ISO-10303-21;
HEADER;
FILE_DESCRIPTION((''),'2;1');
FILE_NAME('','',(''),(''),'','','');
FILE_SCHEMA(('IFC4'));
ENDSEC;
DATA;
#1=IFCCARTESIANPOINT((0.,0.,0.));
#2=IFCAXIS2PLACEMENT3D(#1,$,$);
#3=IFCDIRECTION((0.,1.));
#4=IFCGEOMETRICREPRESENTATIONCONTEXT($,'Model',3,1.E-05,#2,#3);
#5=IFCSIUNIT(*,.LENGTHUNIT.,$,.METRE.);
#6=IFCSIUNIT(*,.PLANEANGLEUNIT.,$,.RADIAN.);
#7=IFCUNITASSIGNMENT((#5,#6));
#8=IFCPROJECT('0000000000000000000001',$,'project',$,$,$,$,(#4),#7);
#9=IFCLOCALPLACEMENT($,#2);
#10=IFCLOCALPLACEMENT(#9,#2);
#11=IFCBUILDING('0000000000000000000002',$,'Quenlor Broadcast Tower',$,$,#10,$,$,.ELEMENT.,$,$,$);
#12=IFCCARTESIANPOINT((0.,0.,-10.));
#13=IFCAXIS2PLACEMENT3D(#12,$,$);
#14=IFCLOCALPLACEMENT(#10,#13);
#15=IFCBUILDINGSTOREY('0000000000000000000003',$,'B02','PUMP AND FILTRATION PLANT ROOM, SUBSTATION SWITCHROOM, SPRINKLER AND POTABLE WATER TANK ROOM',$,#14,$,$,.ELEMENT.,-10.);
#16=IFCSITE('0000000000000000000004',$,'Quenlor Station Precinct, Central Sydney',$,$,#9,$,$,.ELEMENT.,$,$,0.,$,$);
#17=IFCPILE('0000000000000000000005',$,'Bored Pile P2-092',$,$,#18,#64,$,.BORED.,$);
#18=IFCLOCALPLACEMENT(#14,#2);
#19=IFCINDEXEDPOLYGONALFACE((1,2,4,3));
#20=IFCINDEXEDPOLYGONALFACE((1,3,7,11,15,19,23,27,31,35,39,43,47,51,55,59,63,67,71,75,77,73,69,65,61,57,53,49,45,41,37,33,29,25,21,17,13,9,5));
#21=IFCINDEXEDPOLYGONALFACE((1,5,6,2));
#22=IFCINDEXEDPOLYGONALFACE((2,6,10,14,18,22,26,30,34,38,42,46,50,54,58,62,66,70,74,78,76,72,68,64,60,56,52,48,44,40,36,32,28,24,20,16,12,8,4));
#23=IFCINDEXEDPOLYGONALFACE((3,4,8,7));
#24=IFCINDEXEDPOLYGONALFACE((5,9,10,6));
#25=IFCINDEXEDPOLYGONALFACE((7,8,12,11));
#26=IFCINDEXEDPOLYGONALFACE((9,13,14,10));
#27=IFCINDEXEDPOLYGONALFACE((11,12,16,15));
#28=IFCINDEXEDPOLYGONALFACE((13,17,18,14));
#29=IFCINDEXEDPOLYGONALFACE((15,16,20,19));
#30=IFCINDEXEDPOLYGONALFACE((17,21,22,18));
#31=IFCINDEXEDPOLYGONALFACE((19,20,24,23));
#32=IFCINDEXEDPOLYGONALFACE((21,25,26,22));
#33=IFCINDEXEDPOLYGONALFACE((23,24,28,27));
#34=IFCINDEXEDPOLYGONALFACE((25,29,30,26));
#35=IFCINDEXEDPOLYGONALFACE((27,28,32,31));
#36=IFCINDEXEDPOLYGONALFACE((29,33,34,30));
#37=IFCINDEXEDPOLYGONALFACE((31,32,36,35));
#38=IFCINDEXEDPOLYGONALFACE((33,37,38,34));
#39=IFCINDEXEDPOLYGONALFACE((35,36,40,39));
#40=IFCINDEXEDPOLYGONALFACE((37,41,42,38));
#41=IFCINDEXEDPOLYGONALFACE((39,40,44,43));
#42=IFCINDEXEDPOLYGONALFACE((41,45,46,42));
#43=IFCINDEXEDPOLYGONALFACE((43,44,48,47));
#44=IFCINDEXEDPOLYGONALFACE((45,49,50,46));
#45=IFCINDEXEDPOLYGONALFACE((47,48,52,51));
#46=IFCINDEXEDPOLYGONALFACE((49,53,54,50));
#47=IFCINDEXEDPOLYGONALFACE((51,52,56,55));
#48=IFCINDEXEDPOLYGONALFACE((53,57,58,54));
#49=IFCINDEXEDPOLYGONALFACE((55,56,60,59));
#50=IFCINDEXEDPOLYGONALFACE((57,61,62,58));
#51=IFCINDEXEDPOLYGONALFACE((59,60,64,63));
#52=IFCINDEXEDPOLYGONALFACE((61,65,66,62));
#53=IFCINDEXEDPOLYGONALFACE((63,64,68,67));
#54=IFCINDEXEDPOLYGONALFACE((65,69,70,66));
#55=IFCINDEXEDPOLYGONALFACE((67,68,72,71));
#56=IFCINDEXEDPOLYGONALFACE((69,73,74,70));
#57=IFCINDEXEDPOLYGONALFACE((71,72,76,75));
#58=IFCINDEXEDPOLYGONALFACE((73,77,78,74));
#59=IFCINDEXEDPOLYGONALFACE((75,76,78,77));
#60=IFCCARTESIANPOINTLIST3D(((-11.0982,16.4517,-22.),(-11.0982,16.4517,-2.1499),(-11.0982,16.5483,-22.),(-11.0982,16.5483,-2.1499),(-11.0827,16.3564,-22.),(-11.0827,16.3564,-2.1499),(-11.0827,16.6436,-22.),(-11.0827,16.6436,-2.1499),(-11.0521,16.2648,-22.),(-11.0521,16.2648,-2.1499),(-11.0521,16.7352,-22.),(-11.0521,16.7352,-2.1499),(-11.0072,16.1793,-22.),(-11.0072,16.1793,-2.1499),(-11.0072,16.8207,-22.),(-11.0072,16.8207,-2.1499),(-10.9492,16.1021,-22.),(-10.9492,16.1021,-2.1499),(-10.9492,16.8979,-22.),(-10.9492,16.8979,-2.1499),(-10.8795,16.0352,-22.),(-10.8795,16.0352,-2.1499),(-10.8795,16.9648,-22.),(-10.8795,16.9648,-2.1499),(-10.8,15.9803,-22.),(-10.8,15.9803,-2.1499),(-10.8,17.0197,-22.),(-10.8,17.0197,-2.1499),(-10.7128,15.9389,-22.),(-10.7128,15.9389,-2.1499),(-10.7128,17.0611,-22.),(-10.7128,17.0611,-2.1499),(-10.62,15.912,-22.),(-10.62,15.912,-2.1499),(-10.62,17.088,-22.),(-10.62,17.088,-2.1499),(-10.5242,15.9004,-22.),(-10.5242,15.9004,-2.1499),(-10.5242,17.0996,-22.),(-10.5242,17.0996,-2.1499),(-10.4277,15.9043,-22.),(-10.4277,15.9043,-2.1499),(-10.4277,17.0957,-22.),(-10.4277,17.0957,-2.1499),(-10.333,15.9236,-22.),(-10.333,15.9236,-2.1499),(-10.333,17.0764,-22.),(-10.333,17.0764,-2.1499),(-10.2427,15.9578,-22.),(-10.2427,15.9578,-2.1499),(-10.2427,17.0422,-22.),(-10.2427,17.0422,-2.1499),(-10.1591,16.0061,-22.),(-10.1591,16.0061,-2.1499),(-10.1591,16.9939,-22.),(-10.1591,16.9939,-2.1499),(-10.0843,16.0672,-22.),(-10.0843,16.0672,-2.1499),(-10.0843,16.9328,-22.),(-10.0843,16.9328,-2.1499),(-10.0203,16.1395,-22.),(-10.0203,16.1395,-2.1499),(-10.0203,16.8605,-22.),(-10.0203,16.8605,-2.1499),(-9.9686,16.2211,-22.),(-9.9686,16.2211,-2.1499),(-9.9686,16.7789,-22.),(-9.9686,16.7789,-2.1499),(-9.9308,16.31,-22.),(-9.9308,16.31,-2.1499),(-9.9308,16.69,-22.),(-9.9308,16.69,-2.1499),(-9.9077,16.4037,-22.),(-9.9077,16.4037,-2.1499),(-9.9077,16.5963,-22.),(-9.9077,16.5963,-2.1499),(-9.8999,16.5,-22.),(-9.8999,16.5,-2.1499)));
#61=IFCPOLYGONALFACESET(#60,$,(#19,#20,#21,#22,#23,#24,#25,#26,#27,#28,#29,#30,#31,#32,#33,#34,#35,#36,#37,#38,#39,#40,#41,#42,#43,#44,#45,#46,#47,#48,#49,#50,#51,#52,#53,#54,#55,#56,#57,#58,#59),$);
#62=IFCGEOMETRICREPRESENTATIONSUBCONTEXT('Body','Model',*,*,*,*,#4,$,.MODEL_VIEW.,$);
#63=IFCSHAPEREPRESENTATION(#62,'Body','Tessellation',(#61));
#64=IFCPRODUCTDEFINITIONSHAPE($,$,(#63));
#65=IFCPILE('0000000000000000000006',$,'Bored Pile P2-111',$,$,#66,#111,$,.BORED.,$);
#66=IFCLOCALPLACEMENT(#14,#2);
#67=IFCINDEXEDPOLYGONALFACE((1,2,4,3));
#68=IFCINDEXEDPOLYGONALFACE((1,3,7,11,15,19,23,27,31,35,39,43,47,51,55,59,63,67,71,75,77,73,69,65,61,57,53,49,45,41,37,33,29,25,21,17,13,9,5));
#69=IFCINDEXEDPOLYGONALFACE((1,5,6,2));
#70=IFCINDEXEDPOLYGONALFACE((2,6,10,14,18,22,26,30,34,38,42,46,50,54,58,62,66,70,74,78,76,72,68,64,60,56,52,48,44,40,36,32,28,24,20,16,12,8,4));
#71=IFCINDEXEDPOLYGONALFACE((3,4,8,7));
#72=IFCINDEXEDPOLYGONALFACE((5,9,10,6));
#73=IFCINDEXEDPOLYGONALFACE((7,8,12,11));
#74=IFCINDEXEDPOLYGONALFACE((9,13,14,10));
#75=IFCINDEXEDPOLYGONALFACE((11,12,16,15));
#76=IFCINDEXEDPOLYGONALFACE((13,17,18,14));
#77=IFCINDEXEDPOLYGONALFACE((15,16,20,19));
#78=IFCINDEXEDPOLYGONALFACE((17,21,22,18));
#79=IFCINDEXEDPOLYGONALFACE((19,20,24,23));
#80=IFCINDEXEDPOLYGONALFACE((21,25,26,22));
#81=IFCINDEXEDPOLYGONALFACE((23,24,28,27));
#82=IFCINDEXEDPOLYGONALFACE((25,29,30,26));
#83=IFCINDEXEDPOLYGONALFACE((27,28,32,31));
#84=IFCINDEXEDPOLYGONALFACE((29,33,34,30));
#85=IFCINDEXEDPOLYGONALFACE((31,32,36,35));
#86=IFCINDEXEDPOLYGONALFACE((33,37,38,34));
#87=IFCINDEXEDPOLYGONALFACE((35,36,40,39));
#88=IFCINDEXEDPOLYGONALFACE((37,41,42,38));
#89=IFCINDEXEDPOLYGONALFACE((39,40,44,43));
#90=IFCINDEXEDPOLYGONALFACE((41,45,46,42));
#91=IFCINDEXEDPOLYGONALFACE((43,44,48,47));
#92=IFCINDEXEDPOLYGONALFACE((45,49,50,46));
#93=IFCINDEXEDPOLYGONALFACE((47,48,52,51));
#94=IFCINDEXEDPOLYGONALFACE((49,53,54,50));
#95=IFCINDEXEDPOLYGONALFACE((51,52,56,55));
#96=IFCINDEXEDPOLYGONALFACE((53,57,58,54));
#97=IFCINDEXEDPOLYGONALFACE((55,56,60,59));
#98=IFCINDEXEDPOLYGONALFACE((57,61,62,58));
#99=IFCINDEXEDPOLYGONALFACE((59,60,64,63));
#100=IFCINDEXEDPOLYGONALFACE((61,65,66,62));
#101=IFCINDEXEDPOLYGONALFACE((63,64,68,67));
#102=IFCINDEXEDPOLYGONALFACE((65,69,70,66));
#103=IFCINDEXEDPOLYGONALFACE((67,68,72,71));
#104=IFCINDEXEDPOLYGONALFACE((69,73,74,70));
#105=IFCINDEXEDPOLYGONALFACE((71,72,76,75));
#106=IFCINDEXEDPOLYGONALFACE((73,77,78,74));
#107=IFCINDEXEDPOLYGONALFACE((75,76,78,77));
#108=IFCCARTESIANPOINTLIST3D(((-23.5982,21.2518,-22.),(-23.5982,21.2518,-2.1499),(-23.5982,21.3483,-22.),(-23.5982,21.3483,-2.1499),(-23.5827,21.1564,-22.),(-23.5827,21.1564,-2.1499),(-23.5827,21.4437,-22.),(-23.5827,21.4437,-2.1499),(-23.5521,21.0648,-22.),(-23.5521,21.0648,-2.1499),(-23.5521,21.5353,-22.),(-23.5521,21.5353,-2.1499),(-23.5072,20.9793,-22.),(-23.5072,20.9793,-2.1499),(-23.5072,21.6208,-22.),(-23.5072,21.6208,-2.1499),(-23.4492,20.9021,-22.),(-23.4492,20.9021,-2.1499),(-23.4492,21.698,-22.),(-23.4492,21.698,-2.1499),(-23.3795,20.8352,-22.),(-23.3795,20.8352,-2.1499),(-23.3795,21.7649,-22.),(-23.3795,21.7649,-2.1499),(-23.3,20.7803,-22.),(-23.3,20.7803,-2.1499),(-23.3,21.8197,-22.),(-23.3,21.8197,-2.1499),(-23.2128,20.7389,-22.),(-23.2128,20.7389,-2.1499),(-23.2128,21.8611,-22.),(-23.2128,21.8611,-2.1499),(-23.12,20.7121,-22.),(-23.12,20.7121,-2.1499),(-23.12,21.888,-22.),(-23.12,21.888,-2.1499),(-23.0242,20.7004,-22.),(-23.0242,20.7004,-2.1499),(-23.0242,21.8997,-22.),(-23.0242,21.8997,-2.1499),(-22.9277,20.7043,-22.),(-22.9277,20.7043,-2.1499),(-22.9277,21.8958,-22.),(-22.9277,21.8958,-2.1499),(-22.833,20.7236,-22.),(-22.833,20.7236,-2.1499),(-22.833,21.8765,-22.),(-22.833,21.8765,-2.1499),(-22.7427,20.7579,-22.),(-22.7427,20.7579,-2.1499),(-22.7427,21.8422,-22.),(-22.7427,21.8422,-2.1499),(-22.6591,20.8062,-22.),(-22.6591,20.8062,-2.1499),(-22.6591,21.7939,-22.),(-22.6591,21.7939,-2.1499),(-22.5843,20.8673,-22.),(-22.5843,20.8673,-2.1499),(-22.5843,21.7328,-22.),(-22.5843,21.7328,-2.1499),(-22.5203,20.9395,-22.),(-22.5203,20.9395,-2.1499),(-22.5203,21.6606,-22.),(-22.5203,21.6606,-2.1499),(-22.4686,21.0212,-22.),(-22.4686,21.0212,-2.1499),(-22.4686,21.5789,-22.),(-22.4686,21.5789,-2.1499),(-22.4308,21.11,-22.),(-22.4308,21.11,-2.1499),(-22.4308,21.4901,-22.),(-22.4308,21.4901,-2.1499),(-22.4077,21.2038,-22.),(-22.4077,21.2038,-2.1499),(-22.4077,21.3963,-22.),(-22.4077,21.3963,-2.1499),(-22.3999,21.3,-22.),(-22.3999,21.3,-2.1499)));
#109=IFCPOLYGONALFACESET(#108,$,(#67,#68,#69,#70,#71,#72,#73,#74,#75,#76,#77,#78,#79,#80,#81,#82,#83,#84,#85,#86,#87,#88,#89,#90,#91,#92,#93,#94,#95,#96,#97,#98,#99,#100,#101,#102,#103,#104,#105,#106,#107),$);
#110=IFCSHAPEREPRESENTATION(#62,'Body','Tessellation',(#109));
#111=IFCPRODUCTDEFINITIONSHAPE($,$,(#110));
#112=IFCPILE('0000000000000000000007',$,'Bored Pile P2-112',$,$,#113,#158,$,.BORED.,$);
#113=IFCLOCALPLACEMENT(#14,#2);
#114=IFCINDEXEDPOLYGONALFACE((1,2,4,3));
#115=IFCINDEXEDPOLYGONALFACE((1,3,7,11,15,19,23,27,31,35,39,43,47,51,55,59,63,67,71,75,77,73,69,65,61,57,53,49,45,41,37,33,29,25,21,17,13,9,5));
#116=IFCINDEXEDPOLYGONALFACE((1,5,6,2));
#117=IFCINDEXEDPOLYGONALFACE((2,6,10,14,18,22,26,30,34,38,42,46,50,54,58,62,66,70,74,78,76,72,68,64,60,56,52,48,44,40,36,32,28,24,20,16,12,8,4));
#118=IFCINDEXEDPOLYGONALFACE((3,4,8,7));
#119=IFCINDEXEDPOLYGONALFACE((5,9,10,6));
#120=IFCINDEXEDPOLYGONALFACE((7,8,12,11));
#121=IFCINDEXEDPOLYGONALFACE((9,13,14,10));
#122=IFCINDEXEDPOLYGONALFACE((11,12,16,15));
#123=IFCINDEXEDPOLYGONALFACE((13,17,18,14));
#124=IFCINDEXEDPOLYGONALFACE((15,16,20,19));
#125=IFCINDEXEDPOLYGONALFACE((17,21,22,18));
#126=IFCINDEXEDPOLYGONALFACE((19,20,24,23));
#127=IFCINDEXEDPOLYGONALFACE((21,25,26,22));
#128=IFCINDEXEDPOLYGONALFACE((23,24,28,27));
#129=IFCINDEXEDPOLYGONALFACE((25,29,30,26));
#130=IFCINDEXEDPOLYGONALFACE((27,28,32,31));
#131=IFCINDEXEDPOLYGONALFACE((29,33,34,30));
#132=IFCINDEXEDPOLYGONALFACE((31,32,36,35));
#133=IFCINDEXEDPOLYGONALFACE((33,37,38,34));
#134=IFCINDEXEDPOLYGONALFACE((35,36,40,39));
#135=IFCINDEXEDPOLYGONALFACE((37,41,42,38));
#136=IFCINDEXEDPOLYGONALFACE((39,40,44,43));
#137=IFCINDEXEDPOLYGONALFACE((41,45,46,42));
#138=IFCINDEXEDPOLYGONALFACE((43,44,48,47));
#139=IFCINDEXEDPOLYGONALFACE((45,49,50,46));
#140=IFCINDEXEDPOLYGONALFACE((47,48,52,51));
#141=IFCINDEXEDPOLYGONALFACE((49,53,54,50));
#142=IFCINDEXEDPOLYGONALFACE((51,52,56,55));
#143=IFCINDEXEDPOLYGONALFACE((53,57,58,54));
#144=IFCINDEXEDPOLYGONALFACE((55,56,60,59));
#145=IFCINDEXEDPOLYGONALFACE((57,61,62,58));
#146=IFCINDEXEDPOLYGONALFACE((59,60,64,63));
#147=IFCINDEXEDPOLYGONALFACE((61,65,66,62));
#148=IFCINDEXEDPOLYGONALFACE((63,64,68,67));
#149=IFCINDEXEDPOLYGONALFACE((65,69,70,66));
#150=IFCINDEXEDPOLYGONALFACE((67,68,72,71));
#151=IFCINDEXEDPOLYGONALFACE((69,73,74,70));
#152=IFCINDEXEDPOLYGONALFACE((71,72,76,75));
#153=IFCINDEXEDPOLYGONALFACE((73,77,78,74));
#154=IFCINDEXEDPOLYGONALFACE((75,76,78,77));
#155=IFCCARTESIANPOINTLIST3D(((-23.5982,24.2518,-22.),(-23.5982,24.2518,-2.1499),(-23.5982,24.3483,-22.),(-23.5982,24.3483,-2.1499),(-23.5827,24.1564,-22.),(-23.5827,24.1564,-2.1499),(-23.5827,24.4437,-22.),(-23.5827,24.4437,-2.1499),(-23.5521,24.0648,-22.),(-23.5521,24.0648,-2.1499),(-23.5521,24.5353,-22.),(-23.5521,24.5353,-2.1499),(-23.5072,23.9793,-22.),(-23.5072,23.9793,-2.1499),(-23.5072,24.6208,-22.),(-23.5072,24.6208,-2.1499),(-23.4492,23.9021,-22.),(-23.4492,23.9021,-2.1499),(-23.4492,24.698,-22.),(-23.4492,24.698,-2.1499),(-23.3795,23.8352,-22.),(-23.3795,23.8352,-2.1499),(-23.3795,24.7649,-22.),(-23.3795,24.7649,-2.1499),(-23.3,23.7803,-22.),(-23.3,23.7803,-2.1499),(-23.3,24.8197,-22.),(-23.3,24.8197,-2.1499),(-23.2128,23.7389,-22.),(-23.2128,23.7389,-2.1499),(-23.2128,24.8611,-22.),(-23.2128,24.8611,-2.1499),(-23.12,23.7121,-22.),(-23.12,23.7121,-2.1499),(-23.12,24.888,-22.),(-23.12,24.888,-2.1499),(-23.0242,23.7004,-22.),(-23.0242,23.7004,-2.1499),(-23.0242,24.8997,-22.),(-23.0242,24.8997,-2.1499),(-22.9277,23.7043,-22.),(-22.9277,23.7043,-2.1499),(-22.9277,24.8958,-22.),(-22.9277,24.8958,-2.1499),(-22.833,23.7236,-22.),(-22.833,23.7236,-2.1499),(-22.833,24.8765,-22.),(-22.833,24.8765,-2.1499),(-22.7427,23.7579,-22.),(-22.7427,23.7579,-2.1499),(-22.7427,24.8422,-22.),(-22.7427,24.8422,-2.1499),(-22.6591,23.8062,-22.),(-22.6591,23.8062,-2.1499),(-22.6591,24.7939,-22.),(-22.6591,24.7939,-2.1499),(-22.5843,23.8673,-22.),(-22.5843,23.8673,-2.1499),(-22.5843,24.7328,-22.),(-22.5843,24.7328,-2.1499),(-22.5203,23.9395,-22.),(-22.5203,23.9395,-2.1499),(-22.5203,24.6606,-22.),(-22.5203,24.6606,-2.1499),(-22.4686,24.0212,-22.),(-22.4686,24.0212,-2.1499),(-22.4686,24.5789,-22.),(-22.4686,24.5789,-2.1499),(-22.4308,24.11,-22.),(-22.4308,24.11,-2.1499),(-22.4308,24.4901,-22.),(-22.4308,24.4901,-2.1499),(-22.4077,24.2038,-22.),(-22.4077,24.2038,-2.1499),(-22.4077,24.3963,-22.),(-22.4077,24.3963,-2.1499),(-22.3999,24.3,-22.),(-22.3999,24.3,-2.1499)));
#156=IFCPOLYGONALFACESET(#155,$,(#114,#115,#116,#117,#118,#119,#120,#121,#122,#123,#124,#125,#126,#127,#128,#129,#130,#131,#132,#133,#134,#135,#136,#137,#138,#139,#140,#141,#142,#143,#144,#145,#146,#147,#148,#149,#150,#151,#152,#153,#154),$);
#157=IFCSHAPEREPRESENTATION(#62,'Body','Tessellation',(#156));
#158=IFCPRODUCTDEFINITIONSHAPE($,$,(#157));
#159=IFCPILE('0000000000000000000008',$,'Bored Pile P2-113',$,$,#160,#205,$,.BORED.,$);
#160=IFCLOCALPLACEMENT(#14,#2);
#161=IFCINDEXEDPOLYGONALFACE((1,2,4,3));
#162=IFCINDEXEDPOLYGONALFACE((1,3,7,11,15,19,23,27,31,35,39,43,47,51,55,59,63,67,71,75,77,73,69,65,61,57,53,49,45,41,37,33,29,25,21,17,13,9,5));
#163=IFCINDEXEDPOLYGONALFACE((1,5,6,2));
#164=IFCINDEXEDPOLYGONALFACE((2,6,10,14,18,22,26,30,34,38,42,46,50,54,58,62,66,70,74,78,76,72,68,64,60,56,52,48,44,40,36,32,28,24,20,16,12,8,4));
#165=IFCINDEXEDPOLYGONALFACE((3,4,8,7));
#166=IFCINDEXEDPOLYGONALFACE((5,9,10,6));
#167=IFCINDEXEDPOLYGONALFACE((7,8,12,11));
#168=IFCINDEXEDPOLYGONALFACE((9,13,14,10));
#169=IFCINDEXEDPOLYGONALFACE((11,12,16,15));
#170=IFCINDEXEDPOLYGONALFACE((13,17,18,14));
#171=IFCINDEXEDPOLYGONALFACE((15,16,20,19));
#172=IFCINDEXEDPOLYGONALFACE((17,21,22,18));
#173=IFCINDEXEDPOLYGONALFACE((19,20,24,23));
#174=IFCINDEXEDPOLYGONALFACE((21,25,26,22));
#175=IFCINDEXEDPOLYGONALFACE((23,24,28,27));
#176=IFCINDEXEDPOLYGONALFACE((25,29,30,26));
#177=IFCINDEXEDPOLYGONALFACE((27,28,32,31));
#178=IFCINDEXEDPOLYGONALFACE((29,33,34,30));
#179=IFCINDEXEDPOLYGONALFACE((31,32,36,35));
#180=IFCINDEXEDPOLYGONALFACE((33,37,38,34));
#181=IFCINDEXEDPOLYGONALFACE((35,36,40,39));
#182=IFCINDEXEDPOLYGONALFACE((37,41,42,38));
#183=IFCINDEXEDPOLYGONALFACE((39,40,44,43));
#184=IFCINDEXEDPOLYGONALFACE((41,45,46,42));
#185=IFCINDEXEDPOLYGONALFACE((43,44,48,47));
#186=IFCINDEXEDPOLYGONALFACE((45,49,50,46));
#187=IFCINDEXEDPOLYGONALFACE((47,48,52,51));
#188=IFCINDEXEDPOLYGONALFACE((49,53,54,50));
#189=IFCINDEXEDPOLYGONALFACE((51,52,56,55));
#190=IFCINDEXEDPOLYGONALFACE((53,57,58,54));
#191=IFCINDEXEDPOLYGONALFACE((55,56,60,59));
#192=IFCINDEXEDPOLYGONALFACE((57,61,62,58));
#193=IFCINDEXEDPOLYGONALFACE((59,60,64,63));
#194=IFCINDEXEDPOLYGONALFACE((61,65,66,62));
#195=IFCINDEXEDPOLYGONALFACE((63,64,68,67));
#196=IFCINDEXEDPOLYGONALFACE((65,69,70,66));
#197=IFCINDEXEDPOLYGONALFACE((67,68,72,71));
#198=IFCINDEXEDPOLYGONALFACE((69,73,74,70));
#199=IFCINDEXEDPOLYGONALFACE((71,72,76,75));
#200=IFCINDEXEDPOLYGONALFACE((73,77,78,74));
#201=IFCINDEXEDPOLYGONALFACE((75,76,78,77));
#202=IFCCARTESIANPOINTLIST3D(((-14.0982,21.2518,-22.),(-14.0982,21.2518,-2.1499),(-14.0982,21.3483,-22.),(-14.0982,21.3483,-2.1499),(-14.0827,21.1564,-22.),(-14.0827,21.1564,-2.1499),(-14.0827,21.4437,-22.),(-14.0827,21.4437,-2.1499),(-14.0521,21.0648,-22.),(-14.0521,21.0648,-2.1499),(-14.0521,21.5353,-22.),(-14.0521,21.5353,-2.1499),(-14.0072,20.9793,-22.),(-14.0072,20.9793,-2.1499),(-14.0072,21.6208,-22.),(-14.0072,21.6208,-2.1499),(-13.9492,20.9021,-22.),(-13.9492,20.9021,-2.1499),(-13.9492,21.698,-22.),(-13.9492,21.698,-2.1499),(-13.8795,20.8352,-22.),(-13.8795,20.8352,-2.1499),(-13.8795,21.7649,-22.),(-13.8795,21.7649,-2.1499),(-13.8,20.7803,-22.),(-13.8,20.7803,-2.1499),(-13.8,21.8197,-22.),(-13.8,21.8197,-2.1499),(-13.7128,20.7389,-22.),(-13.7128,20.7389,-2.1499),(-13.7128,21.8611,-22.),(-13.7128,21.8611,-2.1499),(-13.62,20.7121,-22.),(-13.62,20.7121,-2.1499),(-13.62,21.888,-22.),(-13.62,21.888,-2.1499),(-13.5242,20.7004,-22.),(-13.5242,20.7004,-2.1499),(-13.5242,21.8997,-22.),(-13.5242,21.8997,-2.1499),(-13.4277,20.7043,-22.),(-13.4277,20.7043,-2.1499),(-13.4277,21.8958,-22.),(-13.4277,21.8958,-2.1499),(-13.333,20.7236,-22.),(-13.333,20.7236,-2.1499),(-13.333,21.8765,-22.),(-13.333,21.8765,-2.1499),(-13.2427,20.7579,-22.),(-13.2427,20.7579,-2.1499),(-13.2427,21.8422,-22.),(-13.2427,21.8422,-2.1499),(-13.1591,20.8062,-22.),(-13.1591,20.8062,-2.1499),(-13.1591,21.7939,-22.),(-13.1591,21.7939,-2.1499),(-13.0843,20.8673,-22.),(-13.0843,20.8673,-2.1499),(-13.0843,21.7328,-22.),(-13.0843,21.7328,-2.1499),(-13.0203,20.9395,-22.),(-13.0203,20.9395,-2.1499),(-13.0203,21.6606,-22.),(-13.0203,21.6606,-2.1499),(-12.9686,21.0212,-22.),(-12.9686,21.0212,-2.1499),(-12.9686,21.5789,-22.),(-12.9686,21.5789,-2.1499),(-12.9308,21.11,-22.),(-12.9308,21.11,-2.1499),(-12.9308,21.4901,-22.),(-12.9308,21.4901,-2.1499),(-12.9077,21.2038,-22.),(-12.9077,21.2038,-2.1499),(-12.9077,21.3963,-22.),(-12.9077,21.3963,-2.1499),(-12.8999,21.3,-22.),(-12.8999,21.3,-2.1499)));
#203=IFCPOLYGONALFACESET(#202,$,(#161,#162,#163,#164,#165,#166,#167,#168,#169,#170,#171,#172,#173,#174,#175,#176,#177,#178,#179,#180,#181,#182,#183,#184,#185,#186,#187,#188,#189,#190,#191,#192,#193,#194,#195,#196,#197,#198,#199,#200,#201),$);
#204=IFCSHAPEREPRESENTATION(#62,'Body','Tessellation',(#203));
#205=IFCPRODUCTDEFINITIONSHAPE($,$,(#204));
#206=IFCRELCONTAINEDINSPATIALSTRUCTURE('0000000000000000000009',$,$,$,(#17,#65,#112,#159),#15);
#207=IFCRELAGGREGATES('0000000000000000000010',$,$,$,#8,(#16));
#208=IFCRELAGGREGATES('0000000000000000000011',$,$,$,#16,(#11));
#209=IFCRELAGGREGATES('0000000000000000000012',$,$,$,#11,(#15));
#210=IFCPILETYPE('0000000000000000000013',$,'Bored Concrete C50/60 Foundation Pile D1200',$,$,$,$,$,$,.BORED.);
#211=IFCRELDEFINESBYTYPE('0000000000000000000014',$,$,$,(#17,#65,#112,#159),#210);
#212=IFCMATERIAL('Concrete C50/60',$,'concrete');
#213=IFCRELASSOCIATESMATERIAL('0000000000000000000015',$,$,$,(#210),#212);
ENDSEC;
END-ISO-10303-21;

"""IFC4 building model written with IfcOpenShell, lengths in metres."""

from ifc_helpers import new_model, si_unit, direction, frame, origin, origin_2d, place, context, subcontext, project, spatial, circle, extrude, material, material_profile, profile_set, type_object, element, save


model = new_model("IFC4")

# Units and contexts
model_context = context("Model", 3, precision=1e-05, world=origin(), true_north=direction((0.0, 1.0)))
body_context = subcontext(model_context, "Body", "Model", "MODEL_VIEW")
ifc_project = project(units=[si_unit("LENGTHUNIT", "METRE"), si_unit("PLANEANGLEUNIT", "RADIAN")], contexts=[model_context])

# Site, building, storey
site_placement = place(None, origin())
site = spatial("IfcSite", under=ifc_project, at=site_placement, Name="Quenlor Station Precinct, Central Sydney", CompositionType="ELEMENT", RefElevation=0.0)
building_placement = place(site_placement, origin())
building = spatial("IfcBuilding", under=site, at=building_placement, Name="Quenlor Broadcast Tower", CompositionType="ELEMENT")
storey_placement = place(building_placement, frame((0.0, 0.0, -10.0)))
storey = spatial("IfcBuildingStorey", under=building, at=storey_placement, Name="B02", Description="PUMP AND FILTRATION PLANT ROOM, SUBSTATION SWITCHROOM, SPRINKLER AND POTABLE WATER TANK ROOM", CompositionType="ELEMENT", Elevation=-10.0)

# Piles
ifc_material_1 = material(Name="Concrete C50/60", Category="concrete")
ifc_material_profile_1 = material_profile(ifc_material_1, circle(Radius=0.6001, at=origin_2d()))
ifc_profile_set_1 = profile_set([ifc_material_profile_1], Name="Concrete C50/60 PILE1200")
pile_type = type_object("IfcPileType", Name="Bored Concrete C50/60 Foundation Pile D1200", PredefinedType="BORED", material=ifc_profile_set_1)
for number, where, z_axis, x_axis, name in (
    (1, (-10.5, 16.5, -2.1499), (0.0, 0.0, -1.0), (1.0, 0.0, 0.0), "Bored Pile P2-092"),
    (2, (-23.0, 21.3, -2.1499), (0.0, 0.0, -1.0), (1.0, 0.0, 0.0), "Bored Pile P2-111"),
    (3, (-23.0, 24.3, -2.1499), (0.0, 0.0, -1.0), (1.0, 0.0, 0.0), "Bored Pile P2-112"),
    (4, (-13.5, 21.3, -2.1499), (0.0, 0.0, -1.0), (1.0, 0.0, 0.0), "Bored Pile P2-113"),
):
    element("IfcPile", number, at=place(storey_placement, frame(where, z_axis=z_axis, x_axis=x_axis)), inside=storey, type_object=pile_type, Name=name, PredefinedType="BORED", context=body_context, shape_type="SweptSolid", body=[
        extrude(circle(Radius=0.6001, at=origin_2d()), origin(), (0.0, 0.0, 1.0), 19.8501),
    ])

save(model, "model.ifc")
